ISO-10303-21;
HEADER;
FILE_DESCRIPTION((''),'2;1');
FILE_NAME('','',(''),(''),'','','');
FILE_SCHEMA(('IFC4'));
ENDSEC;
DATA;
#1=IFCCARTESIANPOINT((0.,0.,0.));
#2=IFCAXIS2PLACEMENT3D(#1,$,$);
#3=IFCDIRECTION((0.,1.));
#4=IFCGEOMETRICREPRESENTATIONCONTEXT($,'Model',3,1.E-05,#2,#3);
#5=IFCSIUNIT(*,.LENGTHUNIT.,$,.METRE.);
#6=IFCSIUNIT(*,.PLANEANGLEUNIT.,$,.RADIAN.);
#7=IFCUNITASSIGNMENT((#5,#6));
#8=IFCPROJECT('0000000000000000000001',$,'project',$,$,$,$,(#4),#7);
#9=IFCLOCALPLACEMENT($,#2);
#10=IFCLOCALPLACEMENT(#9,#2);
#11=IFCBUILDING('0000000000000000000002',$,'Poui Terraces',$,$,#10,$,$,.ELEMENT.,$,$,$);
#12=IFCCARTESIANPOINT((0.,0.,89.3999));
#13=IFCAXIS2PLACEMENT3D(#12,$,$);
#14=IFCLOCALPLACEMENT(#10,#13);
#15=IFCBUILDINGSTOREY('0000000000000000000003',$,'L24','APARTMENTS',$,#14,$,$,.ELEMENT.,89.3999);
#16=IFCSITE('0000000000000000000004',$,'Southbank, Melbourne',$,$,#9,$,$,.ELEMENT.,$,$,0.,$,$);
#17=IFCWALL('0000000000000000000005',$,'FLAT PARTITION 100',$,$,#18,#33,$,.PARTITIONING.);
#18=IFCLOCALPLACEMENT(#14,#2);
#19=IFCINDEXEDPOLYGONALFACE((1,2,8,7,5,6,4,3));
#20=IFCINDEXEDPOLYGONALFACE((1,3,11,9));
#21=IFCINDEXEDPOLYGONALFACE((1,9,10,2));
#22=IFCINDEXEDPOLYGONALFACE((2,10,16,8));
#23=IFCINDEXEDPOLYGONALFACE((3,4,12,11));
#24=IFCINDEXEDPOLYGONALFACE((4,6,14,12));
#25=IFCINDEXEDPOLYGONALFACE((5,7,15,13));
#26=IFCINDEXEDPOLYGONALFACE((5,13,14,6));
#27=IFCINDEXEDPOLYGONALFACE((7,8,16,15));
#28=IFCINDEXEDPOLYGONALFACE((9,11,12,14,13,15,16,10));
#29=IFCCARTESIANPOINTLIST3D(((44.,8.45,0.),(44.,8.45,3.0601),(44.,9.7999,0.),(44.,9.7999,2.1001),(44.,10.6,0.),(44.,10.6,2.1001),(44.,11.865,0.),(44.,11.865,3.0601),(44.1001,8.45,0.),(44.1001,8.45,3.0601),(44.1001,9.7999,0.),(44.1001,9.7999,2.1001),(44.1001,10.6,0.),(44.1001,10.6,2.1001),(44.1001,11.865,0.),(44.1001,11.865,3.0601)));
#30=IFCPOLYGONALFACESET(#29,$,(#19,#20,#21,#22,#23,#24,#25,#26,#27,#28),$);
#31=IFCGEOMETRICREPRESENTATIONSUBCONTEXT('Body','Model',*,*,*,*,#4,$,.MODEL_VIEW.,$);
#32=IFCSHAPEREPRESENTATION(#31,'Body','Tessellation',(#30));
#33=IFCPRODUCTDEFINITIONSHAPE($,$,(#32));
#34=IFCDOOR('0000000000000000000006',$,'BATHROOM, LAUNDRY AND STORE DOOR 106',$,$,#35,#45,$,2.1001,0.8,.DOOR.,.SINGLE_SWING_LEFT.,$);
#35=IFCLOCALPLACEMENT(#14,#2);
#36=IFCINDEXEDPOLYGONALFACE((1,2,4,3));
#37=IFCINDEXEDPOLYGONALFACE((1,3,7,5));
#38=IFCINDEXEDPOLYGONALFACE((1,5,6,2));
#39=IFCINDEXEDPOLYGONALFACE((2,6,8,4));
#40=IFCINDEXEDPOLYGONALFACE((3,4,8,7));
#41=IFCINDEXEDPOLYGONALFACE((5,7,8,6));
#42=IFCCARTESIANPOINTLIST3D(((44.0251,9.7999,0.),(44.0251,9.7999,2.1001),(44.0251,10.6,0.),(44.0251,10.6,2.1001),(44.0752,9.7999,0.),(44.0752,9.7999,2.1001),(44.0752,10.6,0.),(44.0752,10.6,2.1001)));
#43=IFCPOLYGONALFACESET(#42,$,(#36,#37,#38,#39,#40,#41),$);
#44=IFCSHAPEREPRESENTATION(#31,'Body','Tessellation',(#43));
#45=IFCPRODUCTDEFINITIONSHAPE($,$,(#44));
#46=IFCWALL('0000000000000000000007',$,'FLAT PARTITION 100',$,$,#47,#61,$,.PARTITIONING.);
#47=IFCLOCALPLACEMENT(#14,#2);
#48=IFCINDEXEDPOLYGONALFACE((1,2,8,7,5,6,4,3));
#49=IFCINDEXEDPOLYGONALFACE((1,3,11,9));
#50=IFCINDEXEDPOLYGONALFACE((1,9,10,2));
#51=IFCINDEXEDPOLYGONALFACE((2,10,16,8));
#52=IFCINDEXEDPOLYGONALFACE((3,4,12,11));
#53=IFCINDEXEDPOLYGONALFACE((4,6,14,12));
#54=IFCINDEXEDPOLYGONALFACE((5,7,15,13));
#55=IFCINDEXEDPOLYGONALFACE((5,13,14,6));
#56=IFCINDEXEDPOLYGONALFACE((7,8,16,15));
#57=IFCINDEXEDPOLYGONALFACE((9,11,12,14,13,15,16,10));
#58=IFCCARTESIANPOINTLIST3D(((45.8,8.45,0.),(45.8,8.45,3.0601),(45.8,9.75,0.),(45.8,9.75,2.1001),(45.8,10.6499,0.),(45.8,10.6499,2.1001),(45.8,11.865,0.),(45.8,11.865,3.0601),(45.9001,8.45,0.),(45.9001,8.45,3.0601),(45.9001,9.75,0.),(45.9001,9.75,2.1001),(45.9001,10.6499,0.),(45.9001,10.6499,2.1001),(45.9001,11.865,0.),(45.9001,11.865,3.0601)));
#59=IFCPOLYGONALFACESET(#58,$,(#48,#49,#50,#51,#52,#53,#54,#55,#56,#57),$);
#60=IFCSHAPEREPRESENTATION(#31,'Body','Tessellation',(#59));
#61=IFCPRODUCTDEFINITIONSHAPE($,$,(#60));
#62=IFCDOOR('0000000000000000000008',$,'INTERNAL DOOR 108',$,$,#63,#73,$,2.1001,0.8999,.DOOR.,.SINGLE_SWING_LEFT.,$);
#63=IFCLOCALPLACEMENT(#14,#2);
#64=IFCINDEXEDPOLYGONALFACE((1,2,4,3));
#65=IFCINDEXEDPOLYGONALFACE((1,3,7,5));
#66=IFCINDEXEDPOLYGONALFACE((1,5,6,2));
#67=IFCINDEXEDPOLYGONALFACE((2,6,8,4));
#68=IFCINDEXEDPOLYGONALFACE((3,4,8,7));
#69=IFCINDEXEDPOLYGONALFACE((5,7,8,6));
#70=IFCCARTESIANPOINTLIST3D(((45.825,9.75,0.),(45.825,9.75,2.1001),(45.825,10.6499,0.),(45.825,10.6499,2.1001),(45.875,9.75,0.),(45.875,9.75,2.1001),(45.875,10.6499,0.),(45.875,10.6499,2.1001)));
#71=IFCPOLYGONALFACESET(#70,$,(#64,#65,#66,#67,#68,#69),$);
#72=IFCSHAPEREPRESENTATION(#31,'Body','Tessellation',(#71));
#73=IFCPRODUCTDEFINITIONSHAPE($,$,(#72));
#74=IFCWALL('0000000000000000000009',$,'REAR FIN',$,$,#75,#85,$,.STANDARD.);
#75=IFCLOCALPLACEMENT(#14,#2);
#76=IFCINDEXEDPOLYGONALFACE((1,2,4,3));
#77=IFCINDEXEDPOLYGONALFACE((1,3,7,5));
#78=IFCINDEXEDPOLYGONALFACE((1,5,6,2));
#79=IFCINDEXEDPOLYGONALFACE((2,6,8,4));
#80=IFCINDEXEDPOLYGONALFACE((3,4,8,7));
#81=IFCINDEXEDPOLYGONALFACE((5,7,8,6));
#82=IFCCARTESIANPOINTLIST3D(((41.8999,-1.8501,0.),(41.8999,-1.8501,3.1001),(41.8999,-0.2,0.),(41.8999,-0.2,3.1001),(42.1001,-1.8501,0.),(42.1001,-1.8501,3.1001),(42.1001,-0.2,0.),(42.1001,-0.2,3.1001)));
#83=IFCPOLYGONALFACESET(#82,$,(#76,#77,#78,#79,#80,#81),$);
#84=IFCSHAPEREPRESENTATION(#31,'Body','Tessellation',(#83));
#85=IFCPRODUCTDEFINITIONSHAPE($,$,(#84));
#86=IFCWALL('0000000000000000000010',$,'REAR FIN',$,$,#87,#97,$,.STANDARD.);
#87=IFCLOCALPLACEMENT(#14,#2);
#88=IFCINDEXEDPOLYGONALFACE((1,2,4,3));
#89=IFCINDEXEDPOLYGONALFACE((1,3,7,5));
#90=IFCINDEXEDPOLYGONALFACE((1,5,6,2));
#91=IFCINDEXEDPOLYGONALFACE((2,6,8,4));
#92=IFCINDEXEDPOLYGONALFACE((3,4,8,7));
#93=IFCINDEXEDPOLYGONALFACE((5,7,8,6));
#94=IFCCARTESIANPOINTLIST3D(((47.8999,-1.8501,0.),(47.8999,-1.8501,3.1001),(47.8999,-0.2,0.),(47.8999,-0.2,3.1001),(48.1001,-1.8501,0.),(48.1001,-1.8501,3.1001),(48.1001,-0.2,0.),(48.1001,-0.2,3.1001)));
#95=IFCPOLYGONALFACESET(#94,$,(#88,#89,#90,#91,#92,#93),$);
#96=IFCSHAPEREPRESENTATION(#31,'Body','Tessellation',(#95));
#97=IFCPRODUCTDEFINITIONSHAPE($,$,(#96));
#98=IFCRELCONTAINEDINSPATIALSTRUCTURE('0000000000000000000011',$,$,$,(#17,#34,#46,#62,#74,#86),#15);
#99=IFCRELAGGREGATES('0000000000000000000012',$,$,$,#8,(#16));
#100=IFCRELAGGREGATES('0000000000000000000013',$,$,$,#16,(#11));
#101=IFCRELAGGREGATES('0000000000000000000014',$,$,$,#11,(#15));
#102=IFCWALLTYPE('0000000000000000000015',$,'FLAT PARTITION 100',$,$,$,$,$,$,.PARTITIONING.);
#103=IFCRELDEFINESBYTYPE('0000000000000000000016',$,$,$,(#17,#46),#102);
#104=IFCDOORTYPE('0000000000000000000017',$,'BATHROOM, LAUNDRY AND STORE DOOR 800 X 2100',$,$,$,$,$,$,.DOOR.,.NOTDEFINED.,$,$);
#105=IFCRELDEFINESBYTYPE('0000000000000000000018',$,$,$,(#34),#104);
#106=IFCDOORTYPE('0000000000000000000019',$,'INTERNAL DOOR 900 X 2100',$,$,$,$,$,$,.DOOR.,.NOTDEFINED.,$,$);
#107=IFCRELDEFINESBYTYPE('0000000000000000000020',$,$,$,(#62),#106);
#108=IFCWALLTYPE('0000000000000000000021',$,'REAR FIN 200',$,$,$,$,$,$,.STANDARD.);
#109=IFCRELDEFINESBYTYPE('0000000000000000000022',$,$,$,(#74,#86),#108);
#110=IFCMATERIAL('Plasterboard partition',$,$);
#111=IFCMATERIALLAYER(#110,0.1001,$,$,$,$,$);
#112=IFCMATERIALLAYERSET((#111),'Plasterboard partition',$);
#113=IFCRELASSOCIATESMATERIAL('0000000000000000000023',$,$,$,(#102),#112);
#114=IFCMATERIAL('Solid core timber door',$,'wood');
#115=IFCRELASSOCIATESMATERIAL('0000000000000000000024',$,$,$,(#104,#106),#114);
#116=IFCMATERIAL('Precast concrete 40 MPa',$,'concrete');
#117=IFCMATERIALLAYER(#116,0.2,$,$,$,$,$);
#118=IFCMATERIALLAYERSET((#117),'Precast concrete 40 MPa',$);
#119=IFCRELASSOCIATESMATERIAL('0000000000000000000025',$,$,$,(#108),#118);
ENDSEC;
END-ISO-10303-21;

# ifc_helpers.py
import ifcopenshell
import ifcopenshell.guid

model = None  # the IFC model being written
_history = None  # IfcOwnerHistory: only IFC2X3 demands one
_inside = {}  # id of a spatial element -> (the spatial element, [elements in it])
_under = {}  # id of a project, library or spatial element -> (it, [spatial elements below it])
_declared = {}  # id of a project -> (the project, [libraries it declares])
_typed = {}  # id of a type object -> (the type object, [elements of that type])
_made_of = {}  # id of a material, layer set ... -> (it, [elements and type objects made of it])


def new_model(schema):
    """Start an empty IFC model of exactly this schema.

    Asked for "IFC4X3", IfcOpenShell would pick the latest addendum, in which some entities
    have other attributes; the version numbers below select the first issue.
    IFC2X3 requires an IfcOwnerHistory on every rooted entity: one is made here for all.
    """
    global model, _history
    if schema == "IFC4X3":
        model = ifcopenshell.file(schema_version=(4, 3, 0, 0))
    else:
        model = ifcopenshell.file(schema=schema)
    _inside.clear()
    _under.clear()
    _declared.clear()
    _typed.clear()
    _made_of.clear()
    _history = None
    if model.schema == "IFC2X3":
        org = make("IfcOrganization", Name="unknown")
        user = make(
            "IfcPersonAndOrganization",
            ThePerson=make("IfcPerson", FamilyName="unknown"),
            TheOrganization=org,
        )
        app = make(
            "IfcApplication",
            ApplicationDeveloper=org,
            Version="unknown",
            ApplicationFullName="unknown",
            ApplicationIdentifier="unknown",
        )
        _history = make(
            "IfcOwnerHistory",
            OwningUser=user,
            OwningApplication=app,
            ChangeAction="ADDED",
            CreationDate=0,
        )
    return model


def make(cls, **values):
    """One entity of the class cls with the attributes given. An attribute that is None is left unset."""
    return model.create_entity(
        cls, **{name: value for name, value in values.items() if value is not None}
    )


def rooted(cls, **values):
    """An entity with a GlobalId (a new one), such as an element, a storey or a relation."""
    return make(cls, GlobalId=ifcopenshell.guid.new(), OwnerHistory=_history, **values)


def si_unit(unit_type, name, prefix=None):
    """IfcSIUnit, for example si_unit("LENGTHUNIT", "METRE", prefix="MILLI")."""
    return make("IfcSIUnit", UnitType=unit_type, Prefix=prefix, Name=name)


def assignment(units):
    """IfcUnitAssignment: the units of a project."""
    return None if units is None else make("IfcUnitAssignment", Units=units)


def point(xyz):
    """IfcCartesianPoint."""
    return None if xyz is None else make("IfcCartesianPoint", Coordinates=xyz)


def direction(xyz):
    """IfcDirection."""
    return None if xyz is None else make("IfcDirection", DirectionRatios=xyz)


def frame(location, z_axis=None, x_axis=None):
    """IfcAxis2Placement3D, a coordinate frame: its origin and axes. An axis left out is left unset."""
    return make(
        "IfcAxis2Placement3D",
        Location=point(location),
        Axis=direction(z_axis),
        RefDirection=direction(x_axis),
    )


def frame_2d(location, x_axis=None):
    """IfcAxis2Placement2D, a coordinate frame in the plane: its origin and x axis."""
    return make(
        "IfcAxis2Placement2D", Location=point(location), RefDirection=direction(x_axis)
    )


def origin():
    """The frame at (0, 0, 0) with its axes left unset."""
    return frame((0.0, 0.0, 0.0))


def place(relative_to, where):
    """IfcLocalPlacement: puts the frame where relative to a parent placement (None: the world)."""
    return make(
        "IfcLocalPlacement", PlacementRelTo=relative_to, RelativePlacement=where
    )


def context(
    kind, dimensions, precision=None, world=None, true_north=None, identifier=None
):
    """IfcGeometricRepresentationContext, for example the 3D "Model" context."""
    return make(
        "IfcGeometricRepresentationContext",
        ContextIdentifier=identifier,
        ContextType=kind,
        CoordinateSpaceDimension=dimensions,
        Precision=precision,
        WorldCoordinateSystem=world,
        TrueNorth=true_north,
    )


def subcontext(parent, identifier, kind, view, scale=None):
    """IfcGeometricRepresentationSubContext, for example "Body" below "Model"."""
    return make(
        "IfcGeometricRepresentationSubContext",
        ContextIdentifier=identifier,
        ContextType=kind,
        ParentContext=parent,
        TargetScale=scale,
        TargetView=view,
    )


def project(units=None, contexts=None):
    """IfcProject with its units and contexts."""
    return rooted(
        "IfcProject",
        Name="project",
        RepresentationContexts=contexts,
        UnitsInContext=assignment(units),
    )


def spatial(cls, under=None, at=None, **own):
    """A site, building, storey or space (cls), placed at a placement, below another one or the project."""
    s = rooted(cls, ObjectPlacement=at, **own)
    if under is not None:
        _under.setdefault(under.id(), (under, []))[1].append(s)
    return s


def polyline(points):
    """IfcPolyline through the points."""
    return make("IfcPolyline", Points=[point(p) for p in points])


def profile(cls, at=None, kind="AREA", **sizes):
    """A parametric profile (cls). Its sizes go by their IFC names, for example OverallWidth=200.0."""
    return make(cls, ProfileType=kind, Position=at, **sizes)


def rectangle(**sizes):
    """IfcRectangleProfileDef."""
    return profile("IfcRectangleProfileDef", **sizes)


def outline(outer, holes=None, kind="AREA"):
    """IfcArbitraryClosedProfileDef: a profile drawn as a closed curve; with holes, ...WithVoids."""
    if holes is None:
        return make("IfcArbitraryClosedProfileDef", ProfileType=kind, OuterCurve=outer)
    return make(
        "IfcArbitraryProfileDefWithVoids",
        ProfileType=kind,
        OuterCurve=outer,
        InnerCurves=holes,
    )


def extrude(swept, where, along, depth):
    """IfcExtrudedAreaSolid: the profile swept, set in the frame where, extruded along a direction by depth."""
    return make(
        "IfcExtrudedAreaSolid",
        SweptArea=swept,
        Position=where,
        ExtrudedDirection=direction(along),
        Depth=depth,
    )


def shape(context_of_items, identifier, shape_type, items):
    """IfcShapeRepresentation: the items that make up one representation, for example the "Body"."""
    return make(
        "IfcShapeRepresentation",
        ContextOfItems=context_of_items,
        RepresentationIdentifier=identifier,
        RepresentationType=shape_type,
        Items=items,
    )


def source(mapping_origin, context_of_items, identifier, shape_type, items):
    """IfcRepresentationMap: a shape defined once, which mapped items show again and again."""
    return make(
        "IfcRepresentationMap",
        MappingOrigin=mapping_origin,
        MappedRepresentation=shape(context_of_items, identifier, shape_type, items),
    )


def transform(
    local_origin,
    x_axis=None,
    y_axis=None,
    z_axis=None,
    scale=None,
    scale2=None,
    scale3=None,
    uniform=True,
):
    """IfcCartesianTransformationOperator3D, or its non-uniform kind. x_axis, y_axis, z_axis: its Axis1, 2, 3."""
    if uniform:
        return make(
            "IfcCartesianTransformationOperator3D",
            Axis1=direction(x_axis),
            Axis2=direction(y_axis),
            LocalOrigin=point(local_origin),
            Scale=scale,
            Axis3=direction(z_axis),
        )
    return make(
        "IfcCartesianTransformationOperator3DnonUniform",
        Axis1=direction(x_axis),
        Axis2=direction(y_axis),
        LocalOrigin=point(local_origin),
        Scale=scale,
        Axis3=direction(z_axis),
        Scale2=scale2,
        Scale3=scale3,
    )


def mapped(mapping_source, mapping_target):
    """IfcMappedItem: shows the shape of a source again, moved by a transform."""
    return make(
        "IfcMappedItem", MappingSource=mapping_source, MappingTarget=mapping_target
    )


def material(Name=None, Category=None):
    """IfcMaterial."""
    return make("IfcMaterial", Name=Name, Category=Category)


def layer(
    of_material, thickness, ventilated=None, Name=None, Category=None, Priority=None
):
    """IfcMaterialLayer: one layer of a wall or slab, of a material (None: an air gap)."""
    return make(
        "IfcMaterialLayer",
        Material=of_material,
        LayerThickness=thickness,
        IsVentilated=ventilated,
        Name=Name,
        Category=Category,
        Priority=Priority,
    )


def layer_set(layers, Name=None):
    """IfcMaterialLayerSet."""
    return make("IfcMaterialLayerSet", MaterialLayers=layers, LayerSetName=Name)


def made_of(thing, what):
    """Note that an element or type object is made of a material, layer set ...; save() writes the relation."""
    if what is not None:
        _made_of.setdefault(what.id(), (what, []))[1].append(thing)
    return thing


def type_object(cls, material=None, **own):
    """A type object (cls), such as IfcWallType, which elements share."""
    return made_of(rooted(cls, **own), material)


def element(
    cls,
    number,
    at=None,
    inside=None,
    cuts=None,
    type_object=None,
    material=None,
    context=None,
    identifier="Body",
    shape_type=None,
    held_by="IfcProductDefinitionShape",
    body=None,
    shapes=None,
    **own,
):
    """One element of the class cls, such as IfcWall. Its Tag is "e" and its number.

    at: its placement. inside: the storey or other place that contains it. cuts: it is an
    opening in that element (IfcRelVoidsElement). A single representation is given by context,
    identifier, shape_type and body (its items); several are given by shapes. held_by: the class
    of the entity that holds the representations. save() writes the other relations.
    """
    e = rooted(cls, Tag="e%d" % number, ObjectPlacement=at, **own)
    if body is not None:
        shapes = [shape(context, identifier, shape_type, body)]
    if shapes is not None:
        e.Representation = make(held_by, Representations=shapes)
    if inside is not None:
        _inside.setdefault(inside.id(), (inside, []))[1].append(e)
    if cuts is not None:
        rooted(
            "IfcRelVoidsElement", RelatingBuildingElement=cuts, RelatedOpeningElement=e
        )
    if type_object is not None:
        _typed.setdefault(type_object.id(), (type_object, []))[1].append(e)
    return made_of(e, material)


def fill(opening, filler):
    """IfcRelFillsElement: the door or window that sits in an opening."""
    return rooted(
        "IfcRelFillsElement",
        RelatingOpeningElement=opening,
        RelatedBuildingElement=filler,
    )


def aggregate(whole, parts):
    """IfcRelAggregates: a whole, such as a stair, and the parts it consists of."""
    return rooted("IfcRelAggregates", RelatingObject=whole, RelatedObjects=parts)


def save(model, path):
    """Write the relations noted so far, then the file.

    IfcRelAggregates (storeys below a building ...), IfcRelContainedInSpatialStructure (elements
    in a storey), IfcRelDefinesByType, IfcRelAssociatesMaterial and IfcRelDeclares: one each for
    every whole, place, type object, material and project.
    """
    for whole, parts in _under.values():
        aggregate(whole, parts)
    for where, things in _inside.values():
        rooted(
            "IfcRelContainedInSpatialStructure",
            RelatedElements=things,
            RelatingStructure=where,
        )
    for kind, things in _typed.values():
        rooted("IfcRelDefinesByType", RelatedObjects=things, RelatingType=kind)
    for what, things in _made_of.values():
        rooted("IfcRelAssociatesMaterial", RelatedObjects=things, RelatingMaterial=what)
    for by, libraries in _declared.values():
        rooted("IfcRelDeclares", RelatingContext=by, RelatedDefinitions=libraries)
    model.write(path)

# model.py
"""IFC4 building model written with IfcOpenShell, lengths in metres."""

from ifc_helpers import new_model, si_unit, direction, frame, frame_2d, origin, place, context, subcontext, project, spatial, polyline, rectangle, outline, extrude, source, transform, mapped, material, layer, layer_set, type_object, element, fill, save


model = new_model("IFC4")

# Units and contexts
model_context = context("Model", 3, precision=1e-05, world=origin(), true_north=direction((0.0, 1.0)))
body_context = subcontext(model_context, "Body", "Model", "MODEL_VIEW")
ifc_project = project(units=[si_unit("LENGTHUNIT", "METRE"), si_unit("PLANEANGLEUNIT", "RADIAN")], contexts=[model_context])

# Site, building, storey
site_placement = place(None, origin())
site = spatial("IfcSite", under=ifc_project, at=site_placement, Name="Southbank, Melbourne", CompositionType="ELEMENT", RefElevation=0.0)
building_placement = place(site_placement, origin())
building = spatial("IfcBuilding", under=site, at=building_placement, Name="Poui Terraces", CompositionType="ELEMENT")
storey_placement = place(building_placement, frame((0.0, 0.0, 89.3999)))
storey = spatial("IfcBuildingStorey", under=building, at=storey_placement, Name="L24", Description="APARTMENTS", CompositionType="ELEMENT", Elevation=89.3999)

# Shared definitions
ifc_material_1 = material(Name="Plasterboard partition")
ifc_layer_1 = layer(ifc_material_1, 0.1001)
ifc_layer_set_1 = layer_set([ifc_layer_1], Name="Plasterboard partition")
wall_type_1 = type_object("IfcWallType", Name="FLAT PARTITION 100", PredefinedType="PARTITIONING", material=ifc_layer_set_1)

# Shared definitions
ifc_material_2 = material(Name="Solid core timber door", Category="wood")
door_type_1 = type_object("IfcDoorType", Name="BATHROOM, LAUNDRY AND STORE DOOR 800 X 2100", OperationType="NOTDEFINED", PredefinedType="DOOR", material=ifc_material_2)

# Walls, openings, doors
wall_1_placement = place(storey_placement, frame((44.05, 8.45, 0.0), z_axis=(0.0, 0.0, 1.0), x_axis=(0.0, 1.0, 0.0)))
wall_1 = element("IfcWall", 1, at=wall_1_placement, inside=storey, type_object=wall_type_1, Name="FLAT PARTITION 100", PredefinedType="PARTITIONING", context=body_context, shape_type="SweptSolid", body=[
    extrude(rectangle(XDim=3.415, YDim=0.1001, at=frame_2d((1.7075, 0.0))), origin(), (0.0, 0.0, 1.0), 3.0601),
])
opening_1_placement = place(wall_1_placement, frame((1.3501, 0.0, 0.0)))
opening_1 = element("IfcOpeningElement", 2, at=opening_1_placement, cuts=wall_1, PredefinedType="OPENING", context=body_context, shape_type="SweptSolid", body=[
    extrude(rectangle(XDim=0.8, YDim=2.1001, at=frame_2d((0.3999, 1.05))), frame((0.0, 0.0601, 0.0), z_axis=(0.0, -1.0, 0.0), x_axis=(1.0, 0.0, 0.0)), (0.0, 0.0, 1.0), 0.1201),
])
door_1_placement = place(opening_1_placement, origin())
door_1 = element("IfcDoor", 3, at=door_1_placement, inside=storey, type_object=door_type_1, Name="BATHROOM, LAUNDRY AND STORE DOOR 106", OperationType="SINGLE_SWING_LEFT", OverallHeight=2.1001, OverallWidth=0.8, PredefinedType="DOOR", context=body_context, shape_type="SweptSolid", body=[
    extrude(rectangle(XDim=0.8, YDim=2.1001, at=frame_2d((0.3999, 1.05))), frame((0.0, 0.0249, 0.0), z_axis=(0.0, -1.0, 0.0), x_axis=(1.0, 0.0, 0.0)), (0.0, 0.0, 1.0), 0.05),
])
fill(opening_1, door_1)
wall_2_placement = place(storey_placement, frame((45.8501, 8.45, 0.0), z_axis=(0.0, 0.0, 1.0), x_axis=(0.0, 1.0, 0.0)))
wall_2 = element("IfcWall", 4, at=wall_2_placement, inside=storey, type_object=wall_type_1, Name="FLAT PARTITION 100", PredefinedType="PARTITIONING", context=body_context, shape_type="SweptSolid", body=[
    extrude(rectangle(XDim=3.415, YDim=0.1001, at=frame_2d((1.7075, 0.0))), origin(), (0.0, 0.0, 1.0), 3.0601),
])
opening_2_placement = place(wall_2_placement, frame((1.3, 0.0, 0.0)))
opening_2 = element("IfcOpeningElement", 5, at=opening_2_placement, cuts=wall_2, PredefinedType="OPENING", context=body_context, shape_type="SweptSolid", body=[
    extrude(rectangle(XDim=0.8999, YDim=2.1001, at=frame_2d((0.45, 1.05))), frame((0.0, 0.0601, 0.0), z_axis=(0.0, -1.0, 0.0), x_axis=(1.0, 0.0, 0.0)), (0.0, 0.0, 1.0), 0.1201),
])
door_type_2 = type_object("IfcDoorType", Name="INTERNAL DOOR 900 X 2100", OperationType="NOTDEFINED", PredefinedType="DOOR", material=ifc_material_2)
door_2_placement = place(opening_2_placement, frame((0.8999, 0.0, 0.0), z_axis=(0.0, 0.0, 1.0), x_axis=(-1.0, 0.0, 0.0)))
door_2 = element("IfcDoor", 6, at=door_2_placement, inside=storey, type_object=door_type_2, Name="INTERNAL DOOR 108", OperationType="SINGLE_SWING_LEFT", OverallHeight=2.1001, OverallWidth=0.8999, PredefinedType="DOOR", context=body_context, shape_type="SweptSolid", body=[
    extrude(rectangle(XDim=0.8999, YDim=2.1001, at=frame_2d((0.45, 1.05))), frame((0.0, 0.0249, 0.0), z_axis=(0.0, -1.0, 0.0), x_axis=(1.0, 0.0, 0.0)), (0.0, 0.0, 1.0), 0.05),
])
fill(opening_2, door_2)

# Walls
ifc_material_3 = material(Name="Precast concrete 40 MPa", Category="concrete")
ifc_layer_2 = layer(ifc_material_3, 0.2)
ifc_layer_set_2 = layer_set([ifc_layer_2], Name="Precast concrete 40 MPa")
wall_type_2 = type_object("IfcWallType", Name="REAR FIN 200", PredefinedType="STANDARD", material=ifc_layer_set_2)
shared_shape_1 = source(origin(), body_context, "Body", "SweptSolid", [
    extrude(outline(polyline([(0.0, 0.0), (0.2002, 0.0), (0.2002, 1.6501), (0.0, 1.6501), (0.0, 0.0)])), origin(), (0.0, 0.0, 1.0), 3.1001),
])
for number, where, name in (
    (7, (41.8999, -1.8501, 0.0), "REAR FIN"),
    (8, (47.8999, -1.8501, 0.0), "REAR FIN"),
):
    element("IfcWall", number, at=place(storey_placement, frame(where)), inside=storey, type_object=wall_type_2, Name=name, PredefinedType="STANDARD", context=body_context, shape_type="MappedRepresentation", body=[
        mapped(shared_shape_1, transform((0.0, 0.0, 0.0))),
    ])

save(model, "model.ifc")
